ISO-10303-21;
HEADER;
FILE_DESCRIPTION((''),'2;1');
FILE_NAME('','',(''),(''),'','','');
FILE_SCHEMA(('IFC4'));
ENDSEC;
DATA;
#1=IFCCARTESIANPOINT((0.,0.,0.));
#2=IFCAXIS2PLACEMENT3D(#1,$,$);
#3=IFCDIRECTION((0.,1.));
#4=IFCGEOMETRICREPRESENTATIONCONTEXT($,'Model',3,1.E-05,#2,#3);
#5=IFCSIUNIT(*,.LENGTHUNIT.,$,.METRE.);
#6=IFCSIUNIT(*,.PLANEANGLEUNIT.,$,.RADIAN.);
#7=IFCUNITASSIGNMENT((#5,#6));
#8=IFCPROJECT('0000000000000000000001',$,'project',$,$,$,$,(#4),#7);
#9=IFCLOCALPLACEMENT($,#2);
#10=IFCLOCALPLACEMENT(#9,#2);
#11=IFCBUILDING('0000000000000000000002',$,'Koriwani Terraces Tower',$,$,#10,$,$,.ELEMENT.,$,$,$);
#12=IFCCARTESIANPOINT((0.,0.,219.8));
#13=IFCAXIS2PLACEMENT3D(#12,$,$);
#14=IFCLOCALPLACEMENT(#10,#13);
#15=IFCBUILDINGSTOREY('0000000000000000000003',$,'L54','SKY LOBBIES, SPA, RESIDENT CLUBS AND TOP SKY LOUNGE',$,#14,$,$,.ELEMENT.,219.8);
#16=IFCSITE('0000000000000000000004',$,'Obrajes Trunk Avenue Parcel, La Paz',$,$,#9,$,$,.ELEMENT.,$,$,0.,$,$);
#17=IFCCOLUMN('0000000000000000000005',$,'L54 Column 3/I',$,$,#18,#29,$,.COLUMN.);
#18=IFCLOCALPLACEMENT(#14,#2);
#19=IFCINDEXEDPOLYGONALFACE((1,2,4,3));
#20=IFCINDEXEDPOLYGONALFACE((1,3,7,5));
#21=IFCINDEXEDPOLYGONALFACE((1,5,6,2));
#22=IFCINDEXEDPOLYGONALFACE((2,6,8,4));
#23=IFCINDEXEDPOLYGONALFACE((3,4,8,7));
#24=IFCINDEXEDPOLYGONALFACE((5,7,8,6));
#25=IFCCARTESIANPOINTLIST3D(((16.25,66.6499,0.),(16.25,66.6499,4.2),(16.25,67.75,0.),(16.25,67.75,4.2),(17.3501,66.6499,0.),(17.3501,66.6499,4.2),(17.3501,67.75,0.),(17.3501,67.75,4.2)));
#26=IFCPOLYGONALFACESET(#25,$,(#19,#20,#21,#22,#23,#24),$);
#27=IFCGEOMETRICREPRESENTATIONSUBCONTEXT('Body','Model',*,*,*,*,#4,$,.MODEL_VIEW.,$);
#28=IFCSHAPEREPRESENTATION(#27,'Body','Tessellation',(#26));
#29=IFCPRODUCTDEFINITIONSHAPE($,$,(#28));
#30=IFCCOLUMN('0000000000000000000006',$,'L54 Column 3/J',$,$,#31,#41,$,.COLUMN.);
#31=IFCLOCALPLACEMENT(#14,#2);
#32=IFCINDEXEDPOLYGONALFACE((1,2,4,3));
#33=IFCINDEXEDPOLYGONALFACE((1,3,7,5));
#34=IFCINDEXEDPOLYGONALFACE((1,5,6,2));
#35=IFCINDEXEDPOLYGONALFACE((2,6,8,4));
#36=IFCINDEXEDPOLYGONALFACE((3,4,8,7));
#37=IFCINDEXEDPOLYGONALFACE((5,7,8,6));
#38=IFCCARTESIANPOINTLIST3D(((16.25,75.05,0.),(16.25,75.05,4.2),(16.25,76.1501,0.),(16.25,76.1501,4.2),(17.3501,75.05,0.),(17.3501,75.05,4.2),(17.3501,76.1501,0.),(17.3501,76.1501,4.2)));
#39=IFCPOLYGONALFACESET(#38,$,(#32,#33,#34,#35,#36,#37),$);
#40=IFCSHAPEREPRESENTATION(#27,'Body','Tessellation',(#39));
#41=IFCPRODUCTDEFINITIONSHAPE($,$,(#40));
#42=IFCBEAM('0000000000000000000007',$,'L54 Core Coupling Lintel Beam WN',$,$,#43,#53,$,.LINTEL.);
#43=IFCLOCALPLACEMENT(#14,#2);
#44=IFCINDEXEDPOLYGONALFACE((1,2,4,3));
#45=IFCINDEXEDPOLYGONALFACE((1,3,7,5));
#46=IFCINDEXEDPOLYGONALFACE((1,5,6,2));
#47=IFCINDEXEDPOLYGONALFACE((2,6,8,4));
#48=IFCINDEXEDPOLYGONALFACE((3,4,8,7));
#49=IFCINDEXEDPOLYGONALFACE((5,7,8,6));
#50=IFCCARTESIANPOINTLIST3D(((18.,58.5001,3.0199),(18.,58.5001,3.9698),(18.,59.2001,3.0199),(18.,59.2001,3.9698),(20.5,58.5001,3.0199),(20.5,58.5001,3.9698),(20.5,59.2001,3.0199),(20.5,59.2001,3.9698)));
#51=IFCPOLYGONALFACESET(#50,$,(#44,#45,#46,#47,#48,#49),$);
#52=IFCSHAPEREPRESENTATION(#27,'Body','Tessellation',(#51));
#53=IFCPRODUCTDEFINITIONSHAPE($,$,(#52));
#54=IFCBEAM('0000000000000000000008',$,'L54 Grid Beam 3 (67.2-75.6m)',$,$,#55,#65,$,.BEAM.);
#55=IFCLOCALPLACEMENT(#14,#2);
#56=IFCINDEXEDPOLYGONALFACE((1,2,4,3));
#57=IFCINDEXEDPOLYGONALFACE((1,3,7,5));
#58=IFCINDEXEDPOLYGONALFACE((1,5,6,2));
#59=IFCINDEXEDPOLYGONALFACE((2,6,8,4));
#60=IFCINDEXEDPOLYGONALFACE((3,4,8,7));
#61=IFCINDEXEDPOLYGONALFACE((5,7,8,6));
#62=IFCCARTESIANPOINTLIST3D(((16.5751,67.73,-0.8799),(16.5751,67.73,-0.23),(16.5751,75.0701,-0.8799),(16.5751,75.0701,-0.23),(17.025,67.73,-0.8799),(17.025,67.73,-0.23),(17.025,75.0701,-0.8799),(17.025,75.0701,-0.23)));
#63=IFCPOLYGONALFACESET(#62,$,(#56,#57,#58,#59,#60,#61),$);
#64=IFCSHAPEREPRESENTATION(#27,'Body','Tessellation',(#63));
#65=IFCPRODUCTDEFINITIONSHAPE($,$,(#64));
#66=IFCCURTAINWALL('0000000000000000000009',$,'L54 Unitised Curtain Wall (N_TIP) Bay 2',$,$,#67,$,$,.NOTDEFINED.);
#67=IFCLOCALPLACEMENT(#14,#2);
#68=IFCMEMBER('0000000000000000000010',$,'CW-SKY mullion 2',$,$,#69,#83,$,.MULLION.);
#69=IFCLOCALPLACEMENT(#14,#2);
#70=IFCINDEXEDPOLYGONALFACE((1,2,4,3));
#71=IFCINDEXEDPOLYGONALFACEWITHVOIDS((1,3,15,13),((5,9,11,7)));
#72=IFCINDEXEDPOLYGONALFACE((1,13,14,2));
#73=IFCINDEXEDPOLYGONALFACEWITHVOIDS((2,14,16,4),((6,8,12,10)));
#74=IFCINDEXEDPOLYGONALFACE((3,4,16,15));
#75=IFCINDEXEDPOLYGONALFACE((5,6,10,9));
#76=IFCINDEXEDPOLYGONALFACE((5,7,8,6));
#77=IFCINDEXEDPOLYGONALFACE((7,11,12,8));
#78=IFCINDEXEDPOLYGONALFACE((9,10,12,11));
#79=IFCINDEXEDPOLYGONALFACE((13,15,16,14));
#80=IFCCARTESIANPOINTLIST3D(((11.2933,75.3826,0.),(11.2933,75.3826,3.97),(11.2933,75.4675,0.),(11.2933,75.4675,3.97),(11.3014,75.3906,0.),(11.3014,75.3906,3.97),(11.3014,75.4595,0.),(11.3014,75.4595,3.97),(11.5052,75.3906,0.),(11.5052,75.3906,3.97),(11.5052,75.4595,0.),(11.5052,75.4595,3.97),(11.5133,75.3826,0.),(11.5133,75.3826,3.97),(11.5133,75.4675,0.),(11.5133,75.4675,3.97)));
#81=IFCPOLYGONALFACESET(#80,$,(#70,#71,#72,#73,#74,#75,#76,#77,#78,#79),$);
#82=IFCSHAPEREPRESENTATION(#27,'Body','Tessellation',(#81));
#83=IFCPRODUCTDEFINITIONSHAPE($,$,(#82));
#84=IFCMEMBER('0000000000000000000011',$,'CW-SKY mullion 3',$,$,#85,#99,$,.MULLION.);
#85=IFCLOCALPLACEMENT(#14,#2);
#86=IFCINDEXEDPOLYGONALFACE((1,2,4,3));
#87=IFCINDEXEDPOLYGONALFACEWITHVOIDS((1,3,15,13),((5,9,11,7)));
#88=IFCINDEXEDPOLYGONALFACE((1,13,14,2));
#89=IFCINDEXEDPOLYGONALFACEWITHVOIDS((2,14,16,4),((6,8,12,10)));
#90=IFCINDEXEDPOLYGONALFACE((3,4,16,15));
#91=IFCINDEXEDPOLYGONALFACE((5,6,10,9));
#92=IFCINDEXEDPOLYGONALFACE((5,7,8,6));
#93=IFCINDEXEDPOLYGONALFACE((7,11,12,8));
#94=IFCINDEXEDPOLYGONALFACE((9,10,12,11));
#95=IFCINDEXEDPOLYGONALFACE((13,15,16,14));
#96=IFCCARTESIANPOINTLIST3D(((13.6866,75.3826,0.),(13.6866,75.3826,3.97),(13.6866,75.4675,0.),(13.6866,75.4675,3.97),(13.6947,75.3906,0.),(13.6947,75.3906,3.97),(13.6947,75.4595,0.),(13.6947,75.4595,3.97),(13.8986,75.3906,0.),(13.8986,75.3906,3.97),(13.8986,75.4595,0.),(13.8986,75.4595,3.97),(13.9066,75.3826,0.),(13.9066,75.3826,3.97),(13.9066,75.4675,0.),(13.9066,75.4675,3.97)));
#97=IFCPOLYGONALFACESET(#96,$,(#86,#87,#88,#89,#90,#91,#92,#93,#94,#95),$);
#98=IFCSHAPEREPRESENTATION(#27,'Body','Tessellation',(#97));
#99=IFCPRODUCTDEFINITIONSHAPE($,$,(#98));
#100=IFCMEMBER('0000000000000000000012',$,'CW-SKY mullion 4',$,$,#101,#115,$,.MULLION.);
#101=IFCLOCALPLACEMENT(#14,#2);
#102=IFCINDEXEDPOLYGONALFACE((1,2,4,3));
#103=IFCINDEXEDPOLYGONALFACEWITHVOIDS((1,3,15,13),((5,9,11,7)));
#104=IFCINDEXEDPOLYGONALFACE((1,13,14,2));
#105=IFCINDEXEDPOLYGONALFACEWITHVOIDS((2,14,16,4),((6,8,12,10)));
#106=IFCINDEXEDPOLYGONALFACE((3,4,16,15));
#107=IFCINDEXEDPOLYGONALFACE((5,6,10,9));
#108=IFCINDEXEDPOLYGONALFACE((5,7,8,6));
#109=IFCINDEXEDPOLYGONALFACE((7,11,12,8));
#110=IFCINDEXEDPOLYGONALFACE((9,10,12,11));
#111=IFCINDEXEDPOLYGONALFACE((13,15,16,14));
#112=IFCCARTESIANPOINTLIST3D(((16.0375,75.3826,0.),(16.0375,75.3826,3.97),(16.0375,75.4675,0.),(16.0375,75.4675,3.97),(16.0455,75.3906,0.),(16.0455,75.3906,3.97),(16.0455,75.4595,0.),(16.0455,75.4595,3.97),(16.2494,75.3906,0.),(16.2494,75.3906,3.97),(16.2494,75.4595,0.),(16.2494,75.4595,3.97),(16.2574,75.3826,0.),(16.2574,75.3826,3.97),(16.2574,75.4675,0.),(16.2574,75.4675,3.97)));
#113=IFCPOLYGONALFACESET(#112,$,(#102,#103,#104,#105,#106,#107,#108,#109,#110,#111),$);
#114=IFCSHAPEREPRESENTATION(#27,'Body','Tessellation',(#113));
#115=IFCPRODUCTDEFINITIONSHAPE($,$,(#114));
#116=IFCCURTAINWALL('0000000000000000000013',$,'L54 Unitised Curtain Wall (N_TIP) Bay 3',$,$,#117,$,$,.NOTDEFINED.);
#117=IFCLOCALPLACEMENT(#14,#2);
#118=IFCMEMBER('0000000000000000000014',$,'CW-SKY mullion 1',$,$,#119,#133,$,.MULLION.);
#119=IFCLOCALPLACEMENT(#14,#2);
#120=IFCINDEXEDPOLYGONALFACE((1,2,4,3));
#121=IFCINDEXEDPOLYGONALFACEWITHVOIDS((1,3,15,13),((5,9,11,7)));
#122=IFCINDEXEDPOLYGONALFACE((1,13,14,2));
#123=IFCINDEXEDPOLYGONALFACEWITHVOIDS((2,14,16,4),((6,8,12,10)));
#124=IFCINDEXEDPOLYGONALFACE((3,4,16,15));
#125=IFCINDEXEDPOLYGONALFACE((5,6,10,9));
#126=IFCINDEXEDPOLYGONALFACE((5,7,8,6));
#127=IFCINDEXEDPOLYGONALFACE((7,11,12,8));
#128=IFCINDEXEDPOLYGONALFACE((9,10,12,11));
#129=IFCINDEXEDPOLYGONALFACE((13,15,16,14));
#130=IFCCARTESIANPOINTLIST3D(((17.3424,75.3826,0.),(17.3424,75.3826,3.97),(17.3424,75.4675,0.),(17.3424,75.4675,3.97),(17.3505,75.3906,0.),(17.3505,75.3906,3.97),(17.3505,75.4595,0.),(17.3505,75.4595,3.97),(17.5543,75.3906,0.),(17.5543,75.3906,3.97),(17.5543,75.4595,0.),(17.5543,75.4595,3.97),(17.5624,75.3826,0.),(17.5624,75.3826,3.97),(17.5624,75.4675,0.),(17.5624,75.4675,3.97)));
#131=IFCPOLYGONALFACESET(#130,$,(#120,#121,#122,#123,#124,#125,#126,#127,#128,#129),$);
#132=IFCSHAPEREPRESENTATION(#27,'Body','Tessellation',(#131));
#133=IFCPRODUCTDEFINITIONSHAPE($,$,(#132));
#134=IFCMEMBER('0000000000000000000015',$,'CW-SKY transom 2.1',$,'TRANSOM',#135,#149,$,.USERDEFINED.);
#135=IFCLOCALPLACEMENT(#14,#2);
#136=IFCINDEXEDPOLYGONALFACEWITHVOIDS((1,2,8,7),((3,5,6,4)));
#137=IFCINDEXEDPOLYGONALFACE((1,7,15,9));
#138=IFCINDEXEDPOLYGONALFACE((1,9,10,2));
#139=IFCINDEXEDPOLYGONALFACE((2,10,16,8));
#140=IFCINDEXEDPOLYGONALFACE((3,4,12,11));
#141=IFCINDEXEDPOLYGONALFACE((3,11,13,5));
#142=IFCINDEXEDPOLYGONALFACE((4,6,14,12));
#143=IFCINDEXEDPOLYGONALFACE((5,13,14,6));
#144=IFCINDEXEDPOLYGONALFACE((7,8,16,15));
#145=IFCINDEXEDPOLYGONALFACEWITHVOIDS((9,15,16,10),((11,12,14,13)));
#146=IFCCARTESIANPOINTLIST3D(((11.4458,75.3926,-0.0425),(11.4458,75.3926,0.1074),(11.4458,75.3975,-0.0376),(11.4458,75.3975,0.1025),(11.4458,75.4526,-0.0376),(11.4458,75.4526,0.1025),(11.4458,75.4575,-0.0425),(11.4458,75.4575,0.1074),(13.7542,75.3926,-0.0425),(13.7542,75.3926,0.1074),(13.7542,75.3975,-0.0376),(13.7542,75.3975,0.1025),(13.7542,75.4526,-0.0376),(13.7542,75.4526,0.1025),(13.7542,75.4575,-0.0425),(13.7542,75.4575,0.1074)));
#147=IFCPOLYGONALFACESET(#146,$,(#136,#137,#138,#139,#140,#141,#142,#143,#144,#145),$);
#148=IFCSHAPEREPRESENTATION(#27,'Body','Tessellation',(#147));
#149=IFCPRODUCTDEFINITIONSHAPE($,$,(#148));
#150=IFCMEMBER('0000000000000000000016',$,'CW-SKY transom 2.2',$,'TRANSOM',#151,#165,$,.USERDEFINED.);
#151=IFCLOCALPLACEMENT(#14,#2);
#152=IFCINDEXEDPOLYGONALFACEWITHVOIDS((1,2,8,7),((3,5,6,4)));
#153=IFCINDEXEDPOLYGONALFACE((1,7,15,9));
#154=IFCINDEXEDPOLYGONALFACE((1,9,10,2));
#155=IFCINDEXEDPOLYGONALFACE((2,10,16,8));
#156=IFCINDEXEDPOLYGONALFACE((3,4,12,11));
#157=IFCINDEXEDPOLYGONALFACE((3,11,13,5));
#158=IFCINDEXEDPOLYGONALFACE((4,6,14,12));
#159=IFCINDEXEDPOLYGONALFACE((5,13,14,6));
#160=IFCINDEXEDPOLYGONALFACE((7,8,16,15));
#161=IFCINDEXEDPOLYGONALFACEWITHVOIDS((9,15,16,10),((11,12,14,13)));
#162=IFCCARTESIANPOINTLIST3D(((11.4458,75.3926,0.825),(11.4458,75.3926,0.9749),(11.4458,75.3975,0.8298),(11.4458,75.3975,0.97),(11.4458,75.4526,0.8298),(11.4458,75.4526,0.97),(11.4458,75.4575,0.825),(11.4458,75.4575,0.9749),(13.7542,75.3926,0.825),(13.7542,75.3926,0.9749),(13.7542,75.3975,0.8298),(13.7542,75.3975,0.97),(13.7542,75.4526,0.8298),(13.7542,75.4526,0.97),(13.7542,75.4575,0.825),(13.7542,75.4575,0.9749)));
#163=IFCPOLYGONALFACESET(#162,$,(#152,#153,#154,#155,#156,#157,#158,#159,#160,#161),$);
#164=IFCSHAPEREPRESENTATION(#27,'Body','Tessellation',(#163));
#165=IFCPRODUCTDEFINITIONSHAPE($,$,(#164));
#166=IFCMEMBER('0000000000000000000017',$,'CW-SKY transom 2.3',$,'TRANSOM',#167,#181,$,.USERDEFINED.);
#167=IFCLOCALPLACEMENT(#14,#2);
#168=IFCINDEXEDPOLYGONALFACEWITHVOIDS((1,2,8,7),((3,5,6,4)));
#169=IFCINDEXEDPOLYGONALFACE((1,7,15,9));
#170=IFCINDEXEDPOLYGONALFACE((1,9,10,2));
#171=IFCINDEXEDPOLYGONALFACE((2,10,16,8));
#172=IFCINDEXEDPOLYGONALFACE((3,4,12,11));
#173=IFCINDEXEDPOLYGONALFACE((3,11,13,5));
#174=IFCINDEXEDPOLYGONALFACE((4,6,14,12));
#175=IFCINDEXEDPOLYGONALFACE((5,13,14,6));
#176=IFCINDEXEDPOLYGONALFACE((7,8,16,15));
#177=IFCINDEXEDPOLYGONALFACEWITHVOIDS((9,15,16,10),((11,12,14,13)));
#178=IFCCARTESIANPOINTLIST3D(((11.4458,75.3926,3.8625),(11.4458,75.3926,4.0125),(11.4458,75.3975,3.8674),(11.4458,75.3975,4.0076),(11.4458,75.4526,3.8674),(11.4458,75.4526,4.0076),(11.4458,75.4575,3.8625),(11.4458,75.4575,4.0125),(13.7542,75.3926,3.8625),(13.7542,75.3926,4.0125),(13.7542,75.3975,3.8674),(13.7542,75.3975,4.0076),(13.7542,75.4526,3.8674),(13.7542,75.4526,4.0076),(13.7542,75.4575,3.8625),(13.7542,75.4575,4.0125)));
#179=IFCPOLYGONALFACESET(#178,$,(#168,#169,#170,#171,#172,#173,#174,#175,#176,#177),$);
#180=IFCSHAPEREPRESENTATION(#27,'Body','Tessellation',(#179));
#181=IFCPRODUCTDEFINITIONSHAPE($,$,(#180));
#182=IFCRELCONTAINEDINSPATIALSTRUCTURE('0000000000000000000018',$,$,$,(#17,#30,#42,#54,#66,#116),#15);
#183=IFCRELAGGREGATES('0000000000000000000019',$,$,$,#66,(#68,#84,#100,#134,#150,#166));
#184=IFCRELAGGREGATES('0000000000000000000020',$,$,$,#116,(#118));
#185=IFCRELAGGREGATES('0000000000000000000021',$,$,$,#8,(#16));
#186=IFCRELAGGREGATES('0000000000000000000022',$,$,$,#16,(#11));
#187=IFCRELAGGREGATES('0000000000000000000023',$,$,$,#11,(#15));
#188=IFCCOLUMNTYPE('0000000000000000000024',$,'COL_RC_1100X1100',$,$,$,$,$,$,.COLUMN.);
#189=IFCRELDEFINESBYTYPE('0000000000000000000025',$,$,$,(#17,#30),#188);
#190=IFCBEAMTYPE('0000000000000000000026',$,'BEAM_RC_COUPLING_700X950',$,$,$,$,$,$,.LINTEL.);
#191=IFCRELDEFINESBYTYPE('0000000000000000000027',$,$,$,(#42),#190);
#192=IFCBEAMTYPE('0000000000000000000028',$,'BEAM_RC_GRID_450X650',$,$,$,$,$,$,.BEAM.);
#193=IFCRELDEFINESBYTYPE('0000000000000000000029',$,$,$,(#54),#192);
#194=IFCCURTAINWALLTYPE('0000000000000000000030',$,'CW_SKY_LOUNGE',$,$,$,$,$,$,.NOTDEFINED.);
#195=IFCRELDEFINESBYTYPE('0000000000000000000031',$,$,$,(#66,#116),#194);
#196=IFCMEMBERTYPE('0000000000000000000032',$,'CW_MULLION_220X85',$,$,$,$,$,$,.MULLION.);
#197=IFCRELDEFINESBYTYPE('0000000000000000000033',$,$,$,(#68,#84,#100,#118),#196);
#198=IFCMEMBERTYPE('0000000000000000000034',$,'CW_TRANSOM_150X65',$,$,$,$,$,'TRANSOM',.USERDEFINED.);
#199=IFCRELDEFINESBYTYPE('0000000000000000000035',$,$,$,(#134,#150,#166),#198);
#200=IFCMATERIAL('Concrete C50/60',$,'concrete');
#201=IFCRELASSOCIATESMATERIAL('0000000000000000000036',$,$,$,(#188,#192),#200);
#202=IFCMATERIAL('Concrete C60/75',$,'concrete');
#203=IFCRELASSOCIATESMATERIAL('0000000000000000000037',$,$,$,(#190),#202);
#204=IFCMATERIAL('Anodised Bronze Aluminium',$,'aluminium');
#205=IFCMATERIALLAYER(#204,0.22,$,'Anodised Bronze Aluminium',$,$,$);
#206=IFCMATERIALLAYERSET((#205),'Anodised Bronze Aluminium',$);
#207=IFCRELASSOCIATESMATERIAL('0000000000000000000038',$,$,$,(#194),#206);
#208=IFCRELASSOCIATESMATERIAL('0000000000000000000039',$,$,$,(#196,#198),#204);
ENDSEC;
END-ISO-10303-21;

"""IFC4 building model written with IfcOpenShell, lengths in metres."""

from ifc_helpers import new_model, si_unit, direction, frame, origin, origin_2d, place, context, subcontext, project, spatial, rectangle, hollow_rectangle, extrude, material, layer, layer_set, material_profile, profile_set, type_object, element, aggregate, save


model = new_model("IFC4")

# Units and contexts
model_context = context("Model", 3, precision=1e-05, world=origin(), true_north=direction((0.0, 1.0)))
body_context = subcontext(model_context, "Body", "Model", "MODEL_VIEW")
ifc_project = project(units=[si_unit("LENGTHUNIT", "METRE"), si_unit("PLANEANGLEUNIT", "RADIAN")], contexts=[model_context])

# Site, building, storey
site_placement = place(None, origin())
site = spatial("IfcSite", under=ifc_project, at=site_placement, Name="Obrajes Trunk Avenue Parcel, La Paz", CompositionType="ELEMENT", RefElevation=0.0)
building_placement = place(site_placement, origin())
building = spatial("IfcBuilding", under=site, at=building_placement, Name="Koriwani Terraces Tower", CompositionType="ELEMENT")
storey_placement = place(building_placement, frame((0.0, 0.0, 219.8)))
storey = spatial("IfcBuildingStorey", under=building, at=storey_placement, Name="L54", Description="SKY LOBBIES, SPA, RESIDENT CLUBS AND TOP SKY LOUNGE", CompositionType="ELEMENT", Elevation=219.8)

# Columns
ifc_material_1 = material(Name="Concrete C50/60", Category="concrete")
ifc_material_profile_1 = material_profile(ifc_material_1, rectangle(XDim=1.1001, YDim=1.1001, at=origin_2d()), Name="Concrete C50/60", Category="LoadBearing")
ifc_profile_set_1 = profile_set([ifc_material_profile_1], Name="Concrete C50/60")
column_type = type_object("IfcColumnType", Name="COL_RC_1100X1100", PredefinedType="COLUMN", material=ifc_profile_set_1)
for number, where, z_axis, x_axis, name in (
    (1, (16.8, 67.2, 0.0), (0.0, 0.0, 1.0), (1.0, 0.0, 0.0), "L54 Column 3/I"),
    (2, (16.8, 75.6001, 0.0), (0.0, 0.0, 1.0), (1.0, 0.0, 0.0), "L54 Column 3/J"),
):
    element("IfcColumn", number, at=place(storey_placement, frame(where, z_axis=z_axis, x_axis=x_axis)), inside=storey, type_object=column_type, Name=name, PredefinedType="COLUMN", context=body_context, shape_type="SweptSolid", body=[
        extrude(rectangle(XDim=1.1001, YDim=1.1001, at=origin_2d()), origin(), (0.0, 0.0, 1.0), 4.2),
    ])

# Beams
ifc_material_2 = material(Name="Concrete C60/75", Category="concrete")
ifc_material_profile_2 = material_profile(ifc_material_2, rectangle(XDim=0.7, YDim=0.95, at=origin_2d()), Name="Concrete C60/75", Category="LoadBearing")
ifc_profile_set_2 = profile_set([ifc_material_profile_2], Name="Concrete C60/75")
beam_type_1 = type_object("IfcBeamType", Name="BEAM_RC_COUPLING_700X950", PredefinedType="LINTEL", material=ifc_profile_set_2)
beam_1_placement = place(storey_placement, frame((18.0, 58.8501, 3.4949), z_axis=(1.0, 0.0, 0.0), x_axis=(0.0, 1.0, 0.0)))
element("IfcBeam", 3, at=beam_1_placement, inside=storey, type_object=beam_type_1, Name="L54 Core Coupling Lintel Beam WN", PredefinedType="LINTEL", context=body_context, shape_type="SweptSolid", body=[
    extrude(rectangle(XDim=0.7, YDim=0.95, at=origin_2d()), origin(), (0.0, 0.0, 1.0), 2.5),
])
ifc_material_profile_3 = material_profile(ifc_material_1, rectangle(XDim=0.45, YDim=0.6499, at=origin_2d()), Name="Concrete C50/60", Category="LoadBearing")
ifc_profile_set_3 = profile_set([ifc_material_profile_3], Name="Concrete C50/60")
beam_type_2 = type_object("IfcBeamType", Name="BEAM_RC_GRID_450X650", PredefinedType="BEAM", material=ifc_profile_set_3)
beam_2_placement = place(storey_placement, frame((16.8, 67.73, -0.5549), z_axis=(0.0, 1.0, 0.0), x_axis=(-1.0, 0.0, 0.0)))
element("IfcBeam", 4, at=beam_2_placement, inside=storey, type_object=beam_type_2, Name="L54 Grid Beam 3 (67.2-75.6m)", PredefinedType="BEAM", context=body_context, shape_type="SweptSolid", body=[
    extrude(rectangle(XDim=0.45, YDim=0.6499, at=origin_2d()), origin(), (0.0, 0.0, 1.0), 7.3401),
])

# Curtain wall, members
ifc_material_3 = material(Name="Anodised Bronze Aluminium", Category="aluminium")
ifc_layer_1 = layer(ifc_material_3, 0.22, Name="Anodised Bronze Aluminium")
ifc_layer_set_1 = layer_set([ifc_layer_1], Name="Anodised Bronze Aluminium")
curtain_wall_type = type_object("IfcCurtainWallType", Name="CW_SKY_LOUNGE", PredefinedType="NOTDEFINED", material=ifc_layer_set_1)
curtain_wall_1_placement = place(storey_placement, origin())
curtain_wall_1 = element("IfcCurtainWall", 5, at=curtain_wall_1_placement, inside=storey, type_object=curtain_wall_type, Name="L54 Unitised Curtain Wall (N_TIP) Bay 2", PredefinedType="NOTDEFINED")
ifc_material_profile_4 = material_profile(ifc_material_3, hollow_rectangle(XDim=0.085, YDim=0.22, WallThickness=0.0081, at=origin_2d()), Name="Anodised Bronze Aluminium", Category="LoadBearing")
ifc_profile_set_4 = profile_set([ifc_material_profile_4], Name="Anodised Bronze Aluminium")
member_type_1 = type_object("IfcMemberType", Name="CW_MULLION_220X85", PredefinedType="MULLION", material=ifc_profile_set_4)
member_1_placement = place(storey_placement, frame((11.4033, 75.425, 0.0), z_axis=(0.0, 0.0, 1.0), x_axis=(0.0, 1.0, 0.0)))
member_1 = element("IfcMember", 6, at=member_1_placement, type_object=member_type_1, Name="CW-SKY mullion 2", PredefinedType="MULLION", context=body_context, shape_type="SweptSolid", body=[
    extrude(hollow_rectangle(XDim=0.085, YDim=0.22, WallThickness=0.0081, at=origin_2d()), origin(), (0.0, 0.0, 1.0), 3.97),
])
member_2_placement = place(storey_placement, frame((13.7966, 75.425, 0.0), z_axis=(0.0, 0.0, 1.0), x_axis=(0.0, 1.0, 0.0)))
member_2 = element("IfcMember", 7, at=member_2_placement, type_object=member_type_1, Name="CW-SKY mullion 3", PredefinedType="MULLION", context=body_context, shape_type="SweptSolid", body=[
    extrude(hollow_rectangle(XDim=0.085, YDim=0.22, WallThickness=0.0081, at=origin_2d()), origin(), (0.0, 0.0, 1.0), 3.97),
])
member_3_placement = place(storey_placement, frame((16.1475, 75.425, 0.0), z_axis=(0.0, 0.0, 1.0), x_axis=(0.0, 1.0, 0.0)))
member_3 = element("IfcMember", 8, at=member_3_placement, type_object=member_type_1, Name="CW-SKY mullion 4", PredefinedType="MULLION", context=body_context, shape_type="SweptSolid", body=[
    extrude(hollow_rectangle(XDim=0.085, YDim=0.22, WallThickness=0.0081, at=origin_2d()), origin(), (0.0, 0.0, 1.0), 3.97),
])

# Curtain wall, member
curtain_wall_2_placement = place(storey_placement, origin())
curtain_wall_2 = element("IfcCurtainWall", 9, at=curtain_wall_2_placement, inside=storey, type_object=curtain_wall_type, Name="L54 Unitised Curtain Wall (N_TIP) Bay 3", PredefinedType="NOTDEFINED")
member_4_placement = place(storey_placement, frame((17.4524, 75.425, 0.0), z_axis=(0.0, 0.0, 1.0), x_axis=(0.0, 1.0, 0.0)))
member_4 = element("IfcMember", 10, at=member_4_placement, type_object=member_type_1, Name="CW-SKY mullion 1", PredefinedType="MULLION", context=body_context, shape_type="SweptSolid", body=[
    extrude(hollow_rectangle(XDim=0.085, YDim=0.22, WallThickness=0.0081, at=origin_2d()), origin(), (0.0, 0.0, 1.0), 3.97),
])

# Members
ifc_material_profile_5 = material_profile(ifc_material_3, hollow_rectangle(XDim=0.0649, YDim=0.1499, WallThickness=0.0049, at=origin_2d()), Name="Anodised Bronze Aluminium", Category="LoadBearing")
ifc_profile_set_5 = profile_set([ifc_material_profile_5], Name="Anodised Bronze Aluminium")
member_type_2 = type_object("IfcMemberType", Name="CW_TRANSOM_150X65", ElementType="TRANSOM", PredefinedType="USERDEFINED", material=ifc_profile_set_5)
member_5_placement = place(storey_placement, frame((11.4458, 75.425, 0.0325), z_axis=(1.0, 0.0, 0.0), x_axis=(0.0, 1.0, 0.0)))
member_5 = element("IfcMember", 11, at=member_5_placement, type_object=member_type_2, Name="CW-SKY transom 2.1", ObjectType="TRANSOM", PredefinedType="USERDEFINED", context=body_context, shape_type="SweptSolid", body=[
    extrude(hollow_rectangle(XDim=0.0649, YDim=0.1499, WallThickness=0.0049, at=origin_2d()), origin(), (0.0, 0.0, 1.0), 2.3083),
])
member_6_placement = place(storey_placement, frame((11.4458, 75.425, 0.8999), z_axis=(1.0, 0.0, 0.0), x_axis=(0.0, 1.0, 0.0)))
member_6 = element("IfcMember", 12, at=member_6_placement, type_object=member_type_2, Name="CW-SKY transom 2.2", ObjectType="TRANSOM", PredefinedType="USERDEFINED", context=body_context, shape_type="SweptSolid", body=[
    extrude(hollow_rectangle(XDim=0.0649, YDim=0.1499, WallThickness=0.0049, at=origin_2d()), origin(), (0.0, 0.0, 1.0), 2.3083),
])
member_7_placement = place(storey_placement, frame((11.4458, 75.425, 3.9375), z_axis=(1.0, 0.0, 0.0), x_axis=(0.0, 1.0, 0.0)))
member_7 = element("IfcMember", 13, at=member_7_placement, type_object=member_type_2, Name="CW-SKY transom 2.3", ObjectType="TRANSOM", PredefinedType="USERDEFINED", context=body_context, shape_type="SweptSolid", body=[
    extrude(hollow_rectangle(XDim=0.0649, YDim=0.1499, WallThickness=0.0049, at=origin_2d()), origin(), (0.0, 0.0, 1.0), 2.3083),
])

aggregate(curtain_wall_1, [member_1, member_2, member_3, member_5, member_6, member_7])
aggregate(curtain_wall_2, [member_4])

save(model, "model.ifc")
